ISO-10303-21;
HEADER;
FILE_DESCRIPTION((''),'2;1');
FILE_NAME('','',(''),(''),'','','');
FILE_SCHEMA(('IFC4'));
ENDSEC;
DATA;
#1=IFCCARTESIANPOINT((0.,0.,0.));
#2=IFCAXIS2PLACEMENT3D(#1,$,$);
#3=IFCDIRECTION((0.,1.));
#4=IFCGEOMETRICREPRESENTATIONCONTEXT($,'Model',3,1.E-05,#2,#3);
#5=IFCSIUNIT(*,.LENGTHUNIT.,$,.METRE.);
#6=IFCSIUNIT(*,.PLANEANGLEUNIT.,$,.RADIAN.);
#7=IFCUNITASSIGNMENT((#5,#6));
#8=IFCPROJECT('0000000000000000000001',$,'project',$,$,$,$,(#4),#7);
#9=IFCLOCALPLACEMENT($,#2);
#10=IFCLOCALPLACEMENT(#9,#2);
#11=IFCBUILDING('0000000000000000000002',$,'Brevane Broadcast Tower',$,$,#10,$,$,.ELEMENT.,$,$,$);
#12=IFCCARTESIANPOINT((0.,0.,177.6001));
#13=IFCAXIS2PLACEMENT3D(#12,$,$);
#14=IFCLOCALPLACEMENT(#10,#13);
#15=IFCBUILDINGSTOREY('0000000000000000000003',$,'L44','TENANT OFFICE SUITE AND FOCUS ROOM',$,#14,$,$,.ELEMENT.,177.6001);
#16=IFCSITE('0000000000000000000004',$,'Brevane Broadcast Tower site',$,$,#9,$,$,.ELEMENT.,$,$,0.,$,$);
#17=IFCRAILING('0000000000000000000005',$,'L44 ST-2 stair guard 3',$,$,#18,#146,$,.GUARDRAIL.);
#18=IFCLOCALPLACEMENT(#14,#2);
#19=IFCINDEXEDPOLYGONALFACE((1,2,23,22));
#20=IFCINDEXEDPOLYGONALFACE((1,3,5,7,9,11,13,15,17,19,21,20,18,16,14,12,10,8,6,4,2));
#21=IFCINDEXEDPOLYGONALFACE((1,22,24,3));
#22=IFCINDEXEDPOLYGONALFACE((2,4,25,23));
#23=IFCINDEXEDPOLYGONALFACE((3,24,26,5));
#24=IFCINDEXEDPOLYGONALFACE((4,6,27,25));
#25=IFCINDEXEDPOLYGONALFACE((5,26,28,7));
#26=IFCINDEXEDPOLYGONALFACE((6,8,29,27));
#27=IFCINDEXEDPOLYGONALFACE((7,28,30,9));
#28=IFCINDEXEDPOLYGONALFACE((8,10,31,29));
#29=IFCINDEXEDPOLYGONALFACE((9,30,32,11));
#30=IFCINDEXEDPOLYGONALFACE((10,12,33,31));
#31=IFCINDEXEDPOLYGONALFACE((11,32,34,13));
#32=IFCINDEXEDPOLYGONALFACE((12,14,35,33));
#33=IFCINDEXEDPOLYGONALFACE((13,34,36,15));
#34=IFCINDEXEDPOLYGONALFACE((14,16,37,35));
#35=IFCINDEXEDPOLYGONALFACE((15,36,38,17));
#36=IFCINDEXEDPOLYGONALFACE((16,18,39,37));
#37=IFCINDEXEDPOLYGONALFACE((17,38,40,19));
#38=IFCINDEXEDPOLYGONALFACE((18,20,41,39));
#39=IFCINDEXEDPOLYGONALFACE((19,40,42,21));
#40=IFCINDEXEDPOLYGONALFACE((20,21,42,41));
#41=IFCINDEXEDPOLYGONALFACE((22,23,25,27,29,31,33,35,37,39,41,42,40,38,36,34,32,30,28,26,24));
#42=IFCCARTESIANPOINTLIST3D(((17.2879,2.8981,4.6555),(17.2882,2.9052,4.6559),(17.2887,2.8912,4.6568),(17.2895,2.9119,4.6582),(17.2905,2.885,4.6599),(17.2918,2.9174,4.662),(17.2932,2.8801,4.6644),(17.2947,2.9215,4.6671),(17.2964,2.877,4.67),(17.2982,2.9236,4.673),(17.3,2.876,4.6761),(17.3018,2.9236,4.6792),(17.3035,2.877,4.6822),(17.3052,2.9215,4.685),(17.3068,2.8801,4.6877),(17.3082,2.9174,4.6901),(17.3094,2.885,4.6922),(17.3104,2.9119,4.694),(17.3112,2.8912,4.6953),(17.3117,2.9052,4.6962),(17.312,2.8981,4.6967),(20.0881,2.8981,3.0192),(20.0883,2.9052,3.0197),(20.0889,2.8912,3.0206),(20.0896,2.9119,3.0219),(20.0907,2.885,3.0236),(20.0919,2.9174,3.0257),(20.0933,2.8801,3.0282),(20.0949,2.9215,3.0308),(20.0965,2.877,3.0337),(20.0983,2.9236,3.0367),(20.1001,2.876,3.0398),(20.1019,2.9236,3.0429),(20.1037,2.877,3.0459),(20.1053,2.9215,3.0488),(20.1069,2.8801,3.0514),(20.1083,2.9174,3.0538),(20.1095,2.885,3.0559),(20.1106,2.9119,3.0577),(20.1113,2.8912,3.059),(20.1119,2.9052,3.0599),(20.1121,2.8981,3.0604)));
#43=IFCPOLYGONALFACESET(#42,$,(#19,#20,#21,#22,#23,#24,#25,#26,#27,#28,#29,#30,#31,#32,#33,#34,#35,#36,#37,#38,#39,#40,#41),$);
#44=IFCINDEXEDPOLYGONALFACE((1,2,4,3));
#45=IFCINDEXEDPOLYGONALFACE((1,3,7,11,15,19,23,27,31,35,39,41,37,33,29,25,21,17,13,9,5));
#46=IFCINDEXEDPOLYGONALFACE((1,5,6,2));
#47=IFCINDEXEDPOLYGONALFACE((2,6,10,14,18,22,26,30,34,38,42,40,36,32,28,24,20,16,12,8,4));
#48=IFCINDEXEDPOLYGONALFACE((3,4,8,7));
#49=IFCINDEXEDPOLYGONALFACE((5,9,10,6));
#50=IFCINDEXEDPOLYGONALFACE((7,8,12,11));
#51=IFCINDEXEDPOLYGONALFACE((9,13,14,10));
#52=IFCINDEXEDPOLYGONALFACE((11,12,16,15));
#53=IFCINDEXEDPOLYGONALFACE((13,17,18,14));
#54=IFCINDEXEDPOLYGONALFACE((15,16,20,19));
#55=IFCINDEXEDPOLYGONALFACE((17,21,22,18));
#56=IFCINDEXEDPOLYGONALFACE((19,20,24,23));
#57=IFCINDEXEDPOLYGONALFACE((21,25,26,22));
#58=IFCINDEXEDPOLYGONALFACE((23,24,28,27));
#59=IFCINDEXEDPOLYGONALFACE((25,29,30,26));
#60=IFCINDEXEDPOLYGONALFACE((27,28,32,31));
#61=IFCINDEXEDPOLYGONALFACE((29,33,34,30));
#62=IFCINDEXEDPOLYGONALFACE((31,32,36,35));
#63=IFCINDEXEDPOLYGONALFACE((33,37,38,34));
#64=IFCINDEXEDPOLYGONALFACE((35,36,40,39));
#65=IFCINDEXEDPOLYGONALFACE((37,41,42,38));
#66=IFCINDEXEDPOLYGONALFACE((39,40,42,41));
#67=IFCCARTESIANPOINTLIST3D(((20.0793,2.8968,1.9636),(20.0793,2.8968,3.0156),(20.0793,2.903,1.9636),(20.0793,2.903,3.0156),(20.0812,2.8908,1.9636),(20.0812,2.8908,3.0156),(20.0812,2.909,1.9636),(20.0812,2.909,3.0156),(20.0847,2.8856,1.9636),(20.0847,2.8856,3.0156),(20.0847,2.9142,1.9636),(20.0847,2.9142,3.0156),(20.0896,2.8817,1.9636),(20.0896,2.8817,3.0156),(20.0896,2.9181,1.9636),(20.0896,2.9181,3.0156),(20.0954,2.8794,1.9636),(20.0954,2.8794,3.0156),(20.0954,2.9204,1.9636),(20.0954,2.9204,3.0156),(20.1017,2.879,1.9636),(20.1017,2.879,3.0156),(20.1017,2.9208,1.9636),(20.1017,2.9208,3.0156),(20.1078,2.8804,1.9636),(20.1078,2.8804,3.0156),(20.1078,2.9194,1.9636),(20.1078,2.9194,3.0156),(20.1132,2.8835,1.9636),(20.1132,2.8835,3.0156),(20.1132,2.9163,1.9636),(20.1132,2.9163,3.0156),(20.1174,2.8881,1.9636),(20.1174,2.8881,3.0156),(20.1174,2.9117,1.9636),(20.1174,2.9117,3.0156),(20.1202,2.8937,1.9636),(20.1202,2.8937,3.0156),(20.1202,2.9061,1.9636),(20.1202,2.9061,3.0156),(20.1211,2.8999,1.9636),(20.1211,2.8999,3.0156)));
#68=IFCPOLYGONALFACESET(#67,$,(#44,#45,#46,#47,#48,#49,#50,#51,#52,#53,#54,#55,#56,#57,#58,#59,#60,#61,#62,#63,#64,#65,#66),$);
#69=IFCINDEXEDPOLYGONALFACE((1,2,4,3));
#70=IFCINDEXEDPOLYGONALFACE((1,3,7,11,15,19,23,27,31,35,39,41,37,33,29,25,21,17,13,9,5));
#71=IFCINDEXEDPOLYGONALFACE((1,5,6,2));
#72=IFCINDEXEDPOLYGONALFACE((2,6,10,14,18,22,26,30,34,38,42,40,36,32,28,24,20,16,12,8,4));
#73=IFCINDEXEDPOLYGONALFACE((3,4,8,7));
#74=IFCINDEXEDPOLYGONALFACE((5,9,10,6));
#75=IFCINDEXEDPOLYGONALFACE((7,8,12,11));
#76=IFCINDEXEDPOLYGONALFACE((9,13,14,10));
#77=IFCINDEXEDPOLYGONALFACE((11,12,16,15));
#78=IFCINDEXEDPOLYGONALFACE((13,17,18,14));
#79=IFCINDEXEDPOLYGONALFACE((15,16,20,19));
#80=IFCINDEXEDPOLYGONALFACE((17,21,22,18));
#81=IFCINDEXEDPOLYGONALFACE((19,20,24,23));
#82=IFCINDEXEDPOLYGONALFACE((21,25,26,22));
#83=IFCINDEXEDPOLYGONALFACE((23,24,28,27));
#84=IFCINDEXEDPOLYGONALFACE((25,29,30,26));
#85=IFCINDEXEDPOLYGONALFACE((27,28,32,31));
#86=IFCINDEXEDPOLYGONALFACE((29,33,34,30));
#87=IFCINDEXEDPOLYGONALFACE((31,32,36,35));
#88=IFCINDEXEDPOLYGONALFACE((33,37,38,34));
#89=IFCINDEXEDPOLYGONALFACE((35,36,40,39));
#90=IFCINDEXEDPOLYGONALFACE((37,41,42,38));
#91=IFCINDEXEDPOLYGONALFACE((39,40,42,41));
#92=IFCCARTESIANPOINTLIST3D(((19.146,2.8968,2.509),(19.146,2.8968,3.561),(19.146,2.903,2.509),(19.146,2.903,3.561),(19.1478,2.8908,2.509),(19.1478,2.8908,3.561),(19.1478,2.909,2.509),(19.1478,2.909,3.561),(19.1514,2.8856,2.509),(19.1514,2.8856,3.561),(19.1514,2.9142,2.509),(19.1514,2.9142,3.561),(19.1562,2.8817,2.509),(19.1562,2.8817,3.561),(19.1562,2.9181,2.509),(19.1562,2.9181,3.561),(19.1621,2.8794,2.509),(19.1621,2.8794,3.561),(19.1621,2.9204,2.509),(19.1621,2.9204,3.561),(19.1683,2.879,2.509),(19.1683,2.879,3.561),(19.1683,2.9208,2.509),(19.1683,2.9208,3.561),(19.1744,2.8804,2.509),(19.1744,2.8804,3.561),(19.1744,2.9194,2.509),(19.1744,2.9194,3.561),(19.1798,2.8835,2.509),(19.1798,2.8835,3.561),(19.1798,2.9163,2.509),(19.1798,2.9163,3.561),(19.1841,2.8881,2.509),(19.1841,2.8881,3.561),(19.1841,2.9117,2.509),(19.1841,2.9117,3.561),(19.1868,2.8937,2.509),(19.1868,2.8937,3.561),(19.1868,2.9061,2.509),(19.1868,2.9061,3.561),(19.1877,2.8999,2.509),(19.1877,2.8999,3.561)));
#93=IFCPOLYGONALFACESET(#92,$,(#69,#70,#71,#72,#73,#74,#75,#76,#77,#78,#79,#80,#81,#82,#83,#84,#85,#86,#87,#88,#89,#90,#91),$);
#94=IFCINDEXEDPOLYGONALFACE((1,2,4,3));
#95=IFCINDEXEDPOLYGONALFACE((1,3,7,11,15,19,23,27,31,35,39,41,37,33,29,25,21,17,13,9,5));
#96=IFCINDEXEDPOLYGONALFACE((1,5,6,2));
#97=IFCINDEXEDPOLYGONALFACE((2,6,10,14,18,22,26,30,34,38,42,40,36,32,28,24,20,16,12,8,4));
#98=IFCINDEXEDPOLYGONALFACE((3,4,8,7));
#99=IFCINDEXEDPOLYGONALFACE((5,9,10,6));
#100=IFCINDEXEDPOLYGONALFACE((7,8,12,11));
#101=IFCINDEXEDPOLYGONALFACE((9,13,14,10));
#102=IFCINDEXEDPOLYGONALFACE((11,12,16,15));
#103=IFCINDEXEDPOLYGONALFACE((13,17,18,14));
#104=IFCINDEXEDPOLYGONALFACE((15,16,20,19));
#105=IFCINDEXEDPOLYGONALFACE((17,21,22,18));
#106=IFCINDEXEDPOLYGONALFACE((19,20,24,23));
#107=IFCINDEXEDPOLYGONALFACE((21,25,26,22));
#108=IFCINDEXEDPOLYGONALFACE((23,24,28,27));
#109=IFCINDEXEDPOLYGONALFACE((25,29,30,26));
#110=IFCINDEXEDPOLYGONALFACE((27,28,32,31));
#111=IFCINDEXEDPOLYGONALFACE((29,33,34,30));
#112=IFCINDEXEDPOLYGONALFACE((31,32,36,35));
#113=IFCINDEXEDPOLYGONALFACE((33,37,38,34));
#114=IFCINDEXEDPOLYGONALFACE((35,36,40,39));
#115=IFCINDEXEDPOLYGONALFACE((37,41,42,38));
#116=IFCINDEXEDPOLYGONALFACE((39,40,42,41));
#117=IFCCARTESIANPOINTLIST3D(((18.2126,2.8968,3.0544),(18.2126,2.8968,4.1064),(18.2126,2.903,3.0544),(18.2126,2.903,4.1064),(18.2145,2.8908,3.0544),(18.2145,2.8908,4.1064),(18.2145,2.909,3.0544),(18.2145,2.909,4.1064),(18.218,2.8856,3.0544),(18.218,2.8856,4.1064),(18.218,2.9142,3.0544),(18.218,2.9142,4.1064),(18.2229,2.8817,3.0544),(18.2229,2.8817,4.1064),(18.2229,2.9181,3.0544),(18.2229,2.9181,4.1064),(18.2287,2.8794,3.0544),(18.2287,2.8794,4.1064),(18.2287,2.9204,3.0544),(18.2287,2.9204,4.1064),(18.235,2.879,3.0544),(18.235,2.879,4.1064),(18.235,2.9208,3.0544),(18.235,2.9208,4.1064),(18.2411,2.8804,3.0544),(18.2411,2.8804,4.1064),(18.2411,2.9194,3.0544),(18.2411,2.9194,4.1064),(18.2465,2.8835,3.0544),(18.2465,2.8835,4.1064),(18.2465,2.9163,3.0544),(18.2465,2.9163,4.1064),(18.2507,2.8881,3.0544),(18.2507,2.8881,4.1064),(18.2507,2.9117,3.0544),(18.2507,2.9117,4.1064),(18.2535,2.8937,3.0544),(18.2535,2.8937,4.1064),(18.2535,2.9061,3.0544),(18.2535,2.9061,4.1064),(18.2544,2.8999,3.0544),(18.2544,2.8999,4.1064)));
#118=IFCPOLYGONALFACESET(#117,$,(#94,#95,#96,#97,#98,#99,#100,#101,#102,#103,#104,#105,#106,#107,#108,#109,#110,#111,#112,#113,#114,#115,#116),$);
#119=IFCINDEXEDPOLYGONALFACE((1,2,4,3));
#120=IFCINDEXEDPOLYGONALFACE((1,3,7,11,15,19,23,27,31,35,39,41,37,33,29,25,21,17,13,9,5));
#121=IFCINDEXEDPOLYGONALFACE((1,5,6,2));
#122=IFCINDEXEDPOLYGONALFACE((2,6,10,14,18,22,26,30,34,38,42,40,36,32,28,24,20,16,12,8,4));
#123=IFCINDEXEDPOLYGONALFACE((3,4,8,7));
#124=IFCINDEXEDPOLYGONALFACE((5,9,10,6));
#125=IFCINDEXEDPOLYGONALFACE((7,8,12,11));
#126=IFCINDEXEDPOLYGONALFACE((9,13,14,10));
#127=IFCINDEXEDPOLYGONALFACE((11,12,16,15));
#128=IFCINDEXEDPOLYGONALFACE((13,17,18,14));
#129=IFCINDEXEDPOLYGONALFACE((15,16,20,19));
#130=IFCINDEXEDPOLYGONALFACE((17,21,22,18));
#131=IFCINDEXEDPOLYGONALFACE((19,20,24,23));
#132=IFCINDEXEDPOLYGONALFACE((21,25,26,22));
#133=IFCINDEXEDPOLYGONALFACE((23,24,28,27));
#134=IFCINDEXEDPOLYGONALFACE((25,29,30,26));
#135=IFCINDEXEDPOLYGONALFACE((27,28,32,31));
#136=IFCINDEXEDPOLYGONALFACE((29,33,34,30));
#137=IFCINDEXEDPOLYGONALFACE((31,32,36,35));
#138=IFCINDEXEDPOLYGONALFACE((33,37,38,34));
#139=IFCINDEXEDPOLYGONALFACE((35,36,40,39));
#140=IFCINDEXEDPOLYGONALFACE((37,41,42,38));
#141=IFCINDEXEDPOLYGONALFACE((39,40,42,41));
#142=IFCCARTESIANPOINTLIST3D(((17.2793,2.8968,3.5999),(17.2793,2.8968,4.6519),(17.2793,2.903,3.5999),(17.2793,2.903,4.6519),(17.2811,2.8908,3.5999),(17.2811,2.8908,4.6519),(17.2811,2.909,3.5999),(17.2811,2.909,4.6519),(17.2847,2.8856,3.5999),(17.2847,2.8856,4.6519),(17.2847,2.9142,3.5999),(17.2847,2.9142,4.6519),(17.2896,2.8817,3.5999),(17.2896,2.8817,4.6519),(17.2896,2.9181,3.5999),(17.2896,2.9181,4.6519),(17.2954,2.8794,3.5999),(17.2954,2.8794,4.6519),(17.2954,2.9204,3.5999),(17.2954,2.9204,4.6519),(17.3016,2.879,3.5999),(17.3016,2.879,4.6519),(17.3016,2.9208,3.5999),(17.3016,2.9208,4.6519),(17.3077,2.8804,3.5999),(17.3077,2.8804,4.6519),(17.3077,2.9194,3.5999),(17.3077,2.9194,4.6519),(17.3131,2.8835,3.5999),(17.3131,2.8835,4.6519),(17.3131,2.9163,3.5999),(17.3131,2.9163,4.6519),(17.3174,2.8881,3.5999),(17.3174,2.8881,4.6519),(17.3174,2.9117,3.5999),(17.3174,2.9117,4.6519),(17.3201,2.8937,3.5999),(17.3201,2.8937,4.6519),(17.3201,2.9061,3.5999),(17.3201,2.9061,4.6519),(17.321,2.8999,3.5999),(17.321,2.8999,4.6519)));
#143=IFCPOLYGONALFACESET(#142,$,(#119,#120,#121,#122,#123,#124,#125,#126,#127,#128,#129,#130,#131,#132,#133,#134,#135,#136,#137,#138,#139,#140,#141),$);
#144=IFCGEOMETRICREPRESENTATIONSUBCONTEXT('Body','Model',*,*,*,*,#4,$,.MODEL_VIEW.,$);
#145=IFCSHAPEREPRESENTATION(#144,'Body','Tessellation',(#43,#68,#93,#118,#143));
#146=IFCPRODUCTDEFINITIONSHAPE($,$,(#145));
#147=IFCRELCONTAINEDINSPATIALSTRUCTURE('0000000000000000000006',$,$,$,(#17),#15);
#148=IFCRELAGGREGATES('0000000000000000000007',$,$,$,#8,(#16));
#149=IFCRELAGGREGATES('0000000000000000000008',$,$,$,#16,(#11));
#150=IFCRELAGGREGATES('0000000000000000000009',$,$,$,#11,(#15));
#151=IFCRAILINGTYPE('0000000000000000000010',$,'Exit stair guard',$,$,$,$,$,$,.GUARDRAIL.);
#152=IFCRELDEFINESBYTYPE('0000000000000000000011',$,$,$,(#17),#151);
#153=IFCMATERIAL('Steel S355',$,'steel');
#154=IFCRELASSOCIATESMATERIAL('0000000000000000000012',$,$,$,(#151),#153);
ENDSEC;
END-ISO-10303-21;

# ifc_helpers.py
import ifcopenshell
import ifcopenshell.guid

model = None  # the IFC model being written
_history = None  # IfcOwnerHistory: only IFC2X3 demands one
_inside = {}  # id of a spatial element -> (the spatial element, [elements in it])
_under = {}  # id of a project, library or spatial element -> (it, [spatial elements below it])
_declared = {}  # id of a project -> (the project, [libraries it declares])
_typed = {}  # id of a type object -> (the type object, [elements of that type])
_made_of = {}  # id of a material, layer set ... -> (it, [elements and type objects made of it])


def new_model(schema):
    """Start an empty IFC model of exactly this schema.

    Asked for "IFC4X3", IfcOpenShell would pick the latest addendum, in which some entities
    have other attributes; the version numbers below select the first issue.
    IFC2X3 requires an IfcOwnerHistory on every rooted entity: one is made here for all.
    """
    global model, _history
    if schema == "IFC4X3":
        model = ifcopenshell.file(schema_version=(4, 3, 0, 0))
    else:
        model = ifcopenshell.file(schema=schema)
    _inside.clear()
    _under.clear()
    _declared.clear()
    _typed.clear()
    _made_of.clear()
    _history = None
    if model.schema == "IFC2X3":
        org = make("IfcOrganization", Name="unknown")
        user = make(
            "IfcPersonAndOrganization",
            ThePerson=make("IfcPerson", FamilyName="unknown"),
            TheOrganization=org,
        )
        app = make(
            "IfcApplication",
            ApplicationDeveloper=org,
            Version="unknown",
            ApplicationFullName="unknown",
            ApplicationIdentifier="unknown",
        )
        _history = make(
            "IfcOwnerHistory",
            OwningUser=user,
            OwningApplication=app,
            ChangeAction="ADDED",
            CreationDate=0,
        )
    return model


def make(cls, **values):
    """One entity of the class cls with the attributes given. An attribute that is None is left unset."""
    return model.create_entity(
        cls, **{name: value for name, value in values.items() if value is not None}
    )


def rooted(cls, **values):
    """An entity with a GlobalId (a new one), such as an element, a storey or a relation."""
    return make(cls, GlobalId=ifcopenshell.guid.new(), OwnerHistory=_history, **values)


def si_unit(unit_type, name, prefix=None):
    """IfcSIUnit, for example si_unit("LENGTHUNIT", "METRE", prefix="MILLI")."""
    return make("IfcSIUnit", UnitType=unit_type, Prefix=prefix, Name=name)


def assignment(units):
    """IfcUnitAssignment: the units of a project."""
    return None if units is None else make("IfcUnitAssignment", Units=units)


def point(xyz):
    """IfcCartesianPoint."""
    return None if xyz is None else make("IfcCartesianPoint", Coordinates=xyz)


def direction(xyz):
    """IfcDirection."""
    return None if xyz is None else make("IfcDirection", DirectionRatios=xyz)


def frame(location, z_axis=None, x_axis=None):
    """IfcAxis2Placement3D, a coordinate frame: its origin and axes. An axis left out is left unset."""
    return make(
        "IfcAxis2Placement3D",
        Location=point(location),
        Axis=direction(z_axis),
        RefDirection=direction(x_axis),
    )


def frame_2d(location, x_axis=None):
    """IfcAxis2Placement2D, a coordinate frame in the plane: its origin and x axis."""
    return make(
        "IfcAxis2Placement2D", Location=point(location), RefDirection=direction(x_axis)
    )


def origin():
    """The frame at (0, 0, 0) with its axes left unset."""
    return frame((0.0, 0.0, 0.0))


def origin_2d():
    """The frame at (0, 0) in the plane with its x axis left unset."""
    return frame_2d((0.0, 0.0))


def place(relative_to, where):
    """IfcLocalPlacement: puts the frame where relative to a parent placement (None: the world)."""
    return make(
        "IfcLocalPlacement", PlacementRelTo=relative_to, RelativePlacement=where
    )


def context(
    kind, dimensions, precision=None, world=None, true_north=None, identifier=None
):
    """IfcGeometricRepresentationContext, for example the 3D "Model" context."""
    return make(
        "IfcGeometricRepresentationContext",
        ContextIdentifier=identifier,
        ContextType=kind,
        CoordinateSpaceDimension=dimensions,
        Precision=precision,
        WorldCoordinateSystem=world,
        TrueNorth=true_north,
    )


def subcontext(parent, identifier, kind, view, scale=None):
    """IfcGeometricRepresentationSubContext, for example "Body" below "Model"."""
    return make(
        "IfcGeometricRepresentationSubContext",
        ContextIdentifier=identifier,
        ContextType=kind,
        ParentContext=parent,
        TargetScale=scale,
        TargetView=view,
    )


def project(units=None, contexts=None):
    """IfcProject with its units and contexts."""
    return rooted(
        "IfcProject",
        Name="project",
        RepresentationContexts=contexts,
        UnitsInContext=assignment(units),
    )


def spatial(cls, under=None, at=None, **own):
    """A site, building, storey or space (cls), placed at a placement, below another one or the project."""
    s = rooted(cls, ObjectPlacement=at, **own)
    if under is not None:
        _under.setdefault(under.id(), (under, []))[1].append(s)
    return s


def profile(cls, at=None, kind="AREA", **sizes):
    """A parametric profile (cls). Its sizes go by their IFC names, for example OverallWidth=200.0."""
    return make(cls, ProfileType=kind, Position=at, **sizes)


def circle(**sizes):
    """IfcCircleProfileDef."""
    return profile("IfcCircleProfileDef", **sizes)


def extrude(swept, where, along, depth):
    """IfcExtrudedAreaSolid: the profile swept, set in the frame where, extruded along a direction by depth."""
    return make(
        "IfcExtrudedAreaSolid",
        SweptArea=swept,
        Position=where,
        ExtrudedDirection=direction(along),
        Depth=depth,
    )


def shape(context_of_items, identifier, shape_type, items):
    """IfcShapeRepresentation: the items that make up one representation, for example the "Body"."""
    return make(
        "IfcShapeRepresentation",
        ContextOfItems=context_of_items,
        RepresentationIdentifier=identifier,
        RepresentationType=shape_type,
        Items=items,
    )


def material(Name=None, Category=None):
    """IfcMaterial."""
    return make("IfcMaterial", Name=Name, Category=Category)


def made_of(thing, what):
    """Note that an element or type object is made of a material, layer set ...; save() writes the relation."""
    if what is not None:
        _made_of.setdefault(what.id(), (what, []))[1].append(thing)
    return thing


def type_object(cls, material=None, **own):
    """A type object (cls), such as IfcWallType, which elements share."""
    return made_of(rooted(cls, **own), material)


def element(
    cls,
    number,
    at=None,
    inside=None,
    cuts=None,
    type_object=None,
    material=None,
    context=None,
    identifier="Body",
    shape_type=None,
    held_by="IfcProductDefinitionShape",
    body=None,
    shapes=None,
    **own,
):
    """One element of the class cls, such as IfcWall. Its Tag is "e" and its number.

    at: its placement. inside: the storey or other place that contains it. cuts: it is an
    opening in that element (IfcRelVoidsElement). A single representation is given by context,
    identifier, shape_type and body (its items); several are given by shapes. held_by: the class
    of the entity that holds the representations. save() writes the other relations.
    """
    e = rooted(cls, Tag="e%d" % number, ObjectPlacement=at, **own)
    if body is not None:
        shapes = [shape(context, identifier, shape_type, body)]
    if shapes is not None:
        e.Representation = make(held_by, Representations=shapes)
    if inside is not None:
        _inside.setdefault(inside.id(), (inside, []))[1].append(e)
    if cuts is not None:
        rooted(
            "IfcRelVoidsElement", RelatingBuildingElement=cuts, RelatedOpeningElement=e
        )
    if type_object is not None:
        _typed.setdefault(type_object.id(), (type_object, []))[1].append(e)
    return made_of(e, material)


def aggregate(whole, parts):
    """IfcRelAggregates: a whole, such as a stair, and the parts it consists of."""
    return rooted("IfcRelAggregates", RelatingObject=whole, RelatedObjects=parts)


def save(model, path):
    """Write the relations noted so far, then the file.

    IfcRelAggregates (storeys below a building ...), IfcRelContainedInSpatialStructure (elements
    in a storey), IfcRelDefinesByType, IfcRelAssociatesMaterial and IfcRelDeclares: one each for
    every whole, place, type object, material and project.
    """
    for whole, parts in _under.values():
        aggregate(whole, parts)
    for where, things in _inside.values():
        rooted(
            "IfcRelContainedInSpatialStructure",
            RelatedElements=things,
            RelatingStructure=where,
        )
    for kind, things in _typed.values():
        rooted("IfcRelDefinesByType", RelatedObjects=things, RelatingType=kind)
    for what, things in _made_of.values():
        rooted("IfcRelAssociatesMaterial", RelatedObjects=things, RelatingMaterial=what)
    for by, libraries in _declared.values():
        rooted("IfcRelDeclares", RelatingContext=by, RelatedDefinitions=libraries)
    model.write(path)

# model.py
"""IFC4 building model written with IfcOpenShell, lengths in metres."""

from ifc_helpers import new_model, si_unit, direction, frame, origin, origin_2d, place, context, subcontext, project, spatial, circle, extrude, material, type_object, element, save


model = new_model("IFC4")

# Units and contexts
model_context = context("Model", 3, precision=1e-05, world=origin(), true_north=direction((0.0, 1.0)))
body_context = subcontext(model_context, "Body", "Model", "MODEL_VIEW")
ifc_project = project(units=[si_unit("LENGTHUNIT", "METRE"), si_unit("PLANEANGLEUNIT", "RADIAN")], contexts=[model_context])

# Site, building, storey
site_placement = place(None, origin())
site = spatial("IfcSite", under=ifc_project, at=site_placement, Name="Brevane Broadcast Tower site", CompositionType="ELEMENT", RefElevation=0.0)
building_placement = place(site_placement, origin())
building = spatial("IfcBuilding", under=site, at=building_placement, Name="Brevane Broadcast Tower", CompositionType="ELEMENT")
storey_placement = place(building_placement, frame((0.0, 0.0, 177.6001)))
storey = spatial("IfcBuildingStorey", under=building, at=storey_placement, Name="L44", Description="TENANT OFFICE SUITE AND FOCUS ROOM", CompositionType="ELEMENT", Elevation=177.6001)

# Railing
ifc_material_1 = material(Name="Steel S355", Category="steel")
railing_type_1 = type_object("IfcRailingType", Name="Exit stair guard", PredefinedType="GUARDRAIL", material=ifc_material_1)
railing_1_placement = place(storey_placement, frame((20.1001, 2.8999, 1.9636)))
element("IfcRailing", 1, at=railing_1_placement, inside=storey, type_object=railing_type_1, Name="L44 ST-2 stair guard 3", PredefinedType="GUARDRAIL", context=body_context, shape_type="SweptSolid", body=[
    extrude(circle(Radius=0.0239, at=origin_2d()), frame((0.0, 0.0, 1.0762), z_axis=(-0.863394, 0.0, 0.504531), x_axis=(0.0, -1.0, 0.0)), (0.0, 0.0, 1.0), 3.2432),
    extrude(circle(Radius=0.021, at=origin_2d()), origin(), (0.0, 0.0, 1.0), 1.052),
    extrude(circle(Radius=0.021, at=origin_2d()), frame((-0.9333, 0.0, 0.5454)), (0.0, 0.0, 1.0), 1.052),
    extrude(circle(Radius=0.021, at=origin_2d()), frame((-1.8667, 0.0, 1.0908)), (0.0, 0.0, 1.0), 1.052),
    extrude(circle(Radius=0.021, at=origin_2d()), frame((-2.8, 0.0, 1.6362)), (0.0, 0.0, 1.0), 1.052),
])

save(model, "model.ifc")
